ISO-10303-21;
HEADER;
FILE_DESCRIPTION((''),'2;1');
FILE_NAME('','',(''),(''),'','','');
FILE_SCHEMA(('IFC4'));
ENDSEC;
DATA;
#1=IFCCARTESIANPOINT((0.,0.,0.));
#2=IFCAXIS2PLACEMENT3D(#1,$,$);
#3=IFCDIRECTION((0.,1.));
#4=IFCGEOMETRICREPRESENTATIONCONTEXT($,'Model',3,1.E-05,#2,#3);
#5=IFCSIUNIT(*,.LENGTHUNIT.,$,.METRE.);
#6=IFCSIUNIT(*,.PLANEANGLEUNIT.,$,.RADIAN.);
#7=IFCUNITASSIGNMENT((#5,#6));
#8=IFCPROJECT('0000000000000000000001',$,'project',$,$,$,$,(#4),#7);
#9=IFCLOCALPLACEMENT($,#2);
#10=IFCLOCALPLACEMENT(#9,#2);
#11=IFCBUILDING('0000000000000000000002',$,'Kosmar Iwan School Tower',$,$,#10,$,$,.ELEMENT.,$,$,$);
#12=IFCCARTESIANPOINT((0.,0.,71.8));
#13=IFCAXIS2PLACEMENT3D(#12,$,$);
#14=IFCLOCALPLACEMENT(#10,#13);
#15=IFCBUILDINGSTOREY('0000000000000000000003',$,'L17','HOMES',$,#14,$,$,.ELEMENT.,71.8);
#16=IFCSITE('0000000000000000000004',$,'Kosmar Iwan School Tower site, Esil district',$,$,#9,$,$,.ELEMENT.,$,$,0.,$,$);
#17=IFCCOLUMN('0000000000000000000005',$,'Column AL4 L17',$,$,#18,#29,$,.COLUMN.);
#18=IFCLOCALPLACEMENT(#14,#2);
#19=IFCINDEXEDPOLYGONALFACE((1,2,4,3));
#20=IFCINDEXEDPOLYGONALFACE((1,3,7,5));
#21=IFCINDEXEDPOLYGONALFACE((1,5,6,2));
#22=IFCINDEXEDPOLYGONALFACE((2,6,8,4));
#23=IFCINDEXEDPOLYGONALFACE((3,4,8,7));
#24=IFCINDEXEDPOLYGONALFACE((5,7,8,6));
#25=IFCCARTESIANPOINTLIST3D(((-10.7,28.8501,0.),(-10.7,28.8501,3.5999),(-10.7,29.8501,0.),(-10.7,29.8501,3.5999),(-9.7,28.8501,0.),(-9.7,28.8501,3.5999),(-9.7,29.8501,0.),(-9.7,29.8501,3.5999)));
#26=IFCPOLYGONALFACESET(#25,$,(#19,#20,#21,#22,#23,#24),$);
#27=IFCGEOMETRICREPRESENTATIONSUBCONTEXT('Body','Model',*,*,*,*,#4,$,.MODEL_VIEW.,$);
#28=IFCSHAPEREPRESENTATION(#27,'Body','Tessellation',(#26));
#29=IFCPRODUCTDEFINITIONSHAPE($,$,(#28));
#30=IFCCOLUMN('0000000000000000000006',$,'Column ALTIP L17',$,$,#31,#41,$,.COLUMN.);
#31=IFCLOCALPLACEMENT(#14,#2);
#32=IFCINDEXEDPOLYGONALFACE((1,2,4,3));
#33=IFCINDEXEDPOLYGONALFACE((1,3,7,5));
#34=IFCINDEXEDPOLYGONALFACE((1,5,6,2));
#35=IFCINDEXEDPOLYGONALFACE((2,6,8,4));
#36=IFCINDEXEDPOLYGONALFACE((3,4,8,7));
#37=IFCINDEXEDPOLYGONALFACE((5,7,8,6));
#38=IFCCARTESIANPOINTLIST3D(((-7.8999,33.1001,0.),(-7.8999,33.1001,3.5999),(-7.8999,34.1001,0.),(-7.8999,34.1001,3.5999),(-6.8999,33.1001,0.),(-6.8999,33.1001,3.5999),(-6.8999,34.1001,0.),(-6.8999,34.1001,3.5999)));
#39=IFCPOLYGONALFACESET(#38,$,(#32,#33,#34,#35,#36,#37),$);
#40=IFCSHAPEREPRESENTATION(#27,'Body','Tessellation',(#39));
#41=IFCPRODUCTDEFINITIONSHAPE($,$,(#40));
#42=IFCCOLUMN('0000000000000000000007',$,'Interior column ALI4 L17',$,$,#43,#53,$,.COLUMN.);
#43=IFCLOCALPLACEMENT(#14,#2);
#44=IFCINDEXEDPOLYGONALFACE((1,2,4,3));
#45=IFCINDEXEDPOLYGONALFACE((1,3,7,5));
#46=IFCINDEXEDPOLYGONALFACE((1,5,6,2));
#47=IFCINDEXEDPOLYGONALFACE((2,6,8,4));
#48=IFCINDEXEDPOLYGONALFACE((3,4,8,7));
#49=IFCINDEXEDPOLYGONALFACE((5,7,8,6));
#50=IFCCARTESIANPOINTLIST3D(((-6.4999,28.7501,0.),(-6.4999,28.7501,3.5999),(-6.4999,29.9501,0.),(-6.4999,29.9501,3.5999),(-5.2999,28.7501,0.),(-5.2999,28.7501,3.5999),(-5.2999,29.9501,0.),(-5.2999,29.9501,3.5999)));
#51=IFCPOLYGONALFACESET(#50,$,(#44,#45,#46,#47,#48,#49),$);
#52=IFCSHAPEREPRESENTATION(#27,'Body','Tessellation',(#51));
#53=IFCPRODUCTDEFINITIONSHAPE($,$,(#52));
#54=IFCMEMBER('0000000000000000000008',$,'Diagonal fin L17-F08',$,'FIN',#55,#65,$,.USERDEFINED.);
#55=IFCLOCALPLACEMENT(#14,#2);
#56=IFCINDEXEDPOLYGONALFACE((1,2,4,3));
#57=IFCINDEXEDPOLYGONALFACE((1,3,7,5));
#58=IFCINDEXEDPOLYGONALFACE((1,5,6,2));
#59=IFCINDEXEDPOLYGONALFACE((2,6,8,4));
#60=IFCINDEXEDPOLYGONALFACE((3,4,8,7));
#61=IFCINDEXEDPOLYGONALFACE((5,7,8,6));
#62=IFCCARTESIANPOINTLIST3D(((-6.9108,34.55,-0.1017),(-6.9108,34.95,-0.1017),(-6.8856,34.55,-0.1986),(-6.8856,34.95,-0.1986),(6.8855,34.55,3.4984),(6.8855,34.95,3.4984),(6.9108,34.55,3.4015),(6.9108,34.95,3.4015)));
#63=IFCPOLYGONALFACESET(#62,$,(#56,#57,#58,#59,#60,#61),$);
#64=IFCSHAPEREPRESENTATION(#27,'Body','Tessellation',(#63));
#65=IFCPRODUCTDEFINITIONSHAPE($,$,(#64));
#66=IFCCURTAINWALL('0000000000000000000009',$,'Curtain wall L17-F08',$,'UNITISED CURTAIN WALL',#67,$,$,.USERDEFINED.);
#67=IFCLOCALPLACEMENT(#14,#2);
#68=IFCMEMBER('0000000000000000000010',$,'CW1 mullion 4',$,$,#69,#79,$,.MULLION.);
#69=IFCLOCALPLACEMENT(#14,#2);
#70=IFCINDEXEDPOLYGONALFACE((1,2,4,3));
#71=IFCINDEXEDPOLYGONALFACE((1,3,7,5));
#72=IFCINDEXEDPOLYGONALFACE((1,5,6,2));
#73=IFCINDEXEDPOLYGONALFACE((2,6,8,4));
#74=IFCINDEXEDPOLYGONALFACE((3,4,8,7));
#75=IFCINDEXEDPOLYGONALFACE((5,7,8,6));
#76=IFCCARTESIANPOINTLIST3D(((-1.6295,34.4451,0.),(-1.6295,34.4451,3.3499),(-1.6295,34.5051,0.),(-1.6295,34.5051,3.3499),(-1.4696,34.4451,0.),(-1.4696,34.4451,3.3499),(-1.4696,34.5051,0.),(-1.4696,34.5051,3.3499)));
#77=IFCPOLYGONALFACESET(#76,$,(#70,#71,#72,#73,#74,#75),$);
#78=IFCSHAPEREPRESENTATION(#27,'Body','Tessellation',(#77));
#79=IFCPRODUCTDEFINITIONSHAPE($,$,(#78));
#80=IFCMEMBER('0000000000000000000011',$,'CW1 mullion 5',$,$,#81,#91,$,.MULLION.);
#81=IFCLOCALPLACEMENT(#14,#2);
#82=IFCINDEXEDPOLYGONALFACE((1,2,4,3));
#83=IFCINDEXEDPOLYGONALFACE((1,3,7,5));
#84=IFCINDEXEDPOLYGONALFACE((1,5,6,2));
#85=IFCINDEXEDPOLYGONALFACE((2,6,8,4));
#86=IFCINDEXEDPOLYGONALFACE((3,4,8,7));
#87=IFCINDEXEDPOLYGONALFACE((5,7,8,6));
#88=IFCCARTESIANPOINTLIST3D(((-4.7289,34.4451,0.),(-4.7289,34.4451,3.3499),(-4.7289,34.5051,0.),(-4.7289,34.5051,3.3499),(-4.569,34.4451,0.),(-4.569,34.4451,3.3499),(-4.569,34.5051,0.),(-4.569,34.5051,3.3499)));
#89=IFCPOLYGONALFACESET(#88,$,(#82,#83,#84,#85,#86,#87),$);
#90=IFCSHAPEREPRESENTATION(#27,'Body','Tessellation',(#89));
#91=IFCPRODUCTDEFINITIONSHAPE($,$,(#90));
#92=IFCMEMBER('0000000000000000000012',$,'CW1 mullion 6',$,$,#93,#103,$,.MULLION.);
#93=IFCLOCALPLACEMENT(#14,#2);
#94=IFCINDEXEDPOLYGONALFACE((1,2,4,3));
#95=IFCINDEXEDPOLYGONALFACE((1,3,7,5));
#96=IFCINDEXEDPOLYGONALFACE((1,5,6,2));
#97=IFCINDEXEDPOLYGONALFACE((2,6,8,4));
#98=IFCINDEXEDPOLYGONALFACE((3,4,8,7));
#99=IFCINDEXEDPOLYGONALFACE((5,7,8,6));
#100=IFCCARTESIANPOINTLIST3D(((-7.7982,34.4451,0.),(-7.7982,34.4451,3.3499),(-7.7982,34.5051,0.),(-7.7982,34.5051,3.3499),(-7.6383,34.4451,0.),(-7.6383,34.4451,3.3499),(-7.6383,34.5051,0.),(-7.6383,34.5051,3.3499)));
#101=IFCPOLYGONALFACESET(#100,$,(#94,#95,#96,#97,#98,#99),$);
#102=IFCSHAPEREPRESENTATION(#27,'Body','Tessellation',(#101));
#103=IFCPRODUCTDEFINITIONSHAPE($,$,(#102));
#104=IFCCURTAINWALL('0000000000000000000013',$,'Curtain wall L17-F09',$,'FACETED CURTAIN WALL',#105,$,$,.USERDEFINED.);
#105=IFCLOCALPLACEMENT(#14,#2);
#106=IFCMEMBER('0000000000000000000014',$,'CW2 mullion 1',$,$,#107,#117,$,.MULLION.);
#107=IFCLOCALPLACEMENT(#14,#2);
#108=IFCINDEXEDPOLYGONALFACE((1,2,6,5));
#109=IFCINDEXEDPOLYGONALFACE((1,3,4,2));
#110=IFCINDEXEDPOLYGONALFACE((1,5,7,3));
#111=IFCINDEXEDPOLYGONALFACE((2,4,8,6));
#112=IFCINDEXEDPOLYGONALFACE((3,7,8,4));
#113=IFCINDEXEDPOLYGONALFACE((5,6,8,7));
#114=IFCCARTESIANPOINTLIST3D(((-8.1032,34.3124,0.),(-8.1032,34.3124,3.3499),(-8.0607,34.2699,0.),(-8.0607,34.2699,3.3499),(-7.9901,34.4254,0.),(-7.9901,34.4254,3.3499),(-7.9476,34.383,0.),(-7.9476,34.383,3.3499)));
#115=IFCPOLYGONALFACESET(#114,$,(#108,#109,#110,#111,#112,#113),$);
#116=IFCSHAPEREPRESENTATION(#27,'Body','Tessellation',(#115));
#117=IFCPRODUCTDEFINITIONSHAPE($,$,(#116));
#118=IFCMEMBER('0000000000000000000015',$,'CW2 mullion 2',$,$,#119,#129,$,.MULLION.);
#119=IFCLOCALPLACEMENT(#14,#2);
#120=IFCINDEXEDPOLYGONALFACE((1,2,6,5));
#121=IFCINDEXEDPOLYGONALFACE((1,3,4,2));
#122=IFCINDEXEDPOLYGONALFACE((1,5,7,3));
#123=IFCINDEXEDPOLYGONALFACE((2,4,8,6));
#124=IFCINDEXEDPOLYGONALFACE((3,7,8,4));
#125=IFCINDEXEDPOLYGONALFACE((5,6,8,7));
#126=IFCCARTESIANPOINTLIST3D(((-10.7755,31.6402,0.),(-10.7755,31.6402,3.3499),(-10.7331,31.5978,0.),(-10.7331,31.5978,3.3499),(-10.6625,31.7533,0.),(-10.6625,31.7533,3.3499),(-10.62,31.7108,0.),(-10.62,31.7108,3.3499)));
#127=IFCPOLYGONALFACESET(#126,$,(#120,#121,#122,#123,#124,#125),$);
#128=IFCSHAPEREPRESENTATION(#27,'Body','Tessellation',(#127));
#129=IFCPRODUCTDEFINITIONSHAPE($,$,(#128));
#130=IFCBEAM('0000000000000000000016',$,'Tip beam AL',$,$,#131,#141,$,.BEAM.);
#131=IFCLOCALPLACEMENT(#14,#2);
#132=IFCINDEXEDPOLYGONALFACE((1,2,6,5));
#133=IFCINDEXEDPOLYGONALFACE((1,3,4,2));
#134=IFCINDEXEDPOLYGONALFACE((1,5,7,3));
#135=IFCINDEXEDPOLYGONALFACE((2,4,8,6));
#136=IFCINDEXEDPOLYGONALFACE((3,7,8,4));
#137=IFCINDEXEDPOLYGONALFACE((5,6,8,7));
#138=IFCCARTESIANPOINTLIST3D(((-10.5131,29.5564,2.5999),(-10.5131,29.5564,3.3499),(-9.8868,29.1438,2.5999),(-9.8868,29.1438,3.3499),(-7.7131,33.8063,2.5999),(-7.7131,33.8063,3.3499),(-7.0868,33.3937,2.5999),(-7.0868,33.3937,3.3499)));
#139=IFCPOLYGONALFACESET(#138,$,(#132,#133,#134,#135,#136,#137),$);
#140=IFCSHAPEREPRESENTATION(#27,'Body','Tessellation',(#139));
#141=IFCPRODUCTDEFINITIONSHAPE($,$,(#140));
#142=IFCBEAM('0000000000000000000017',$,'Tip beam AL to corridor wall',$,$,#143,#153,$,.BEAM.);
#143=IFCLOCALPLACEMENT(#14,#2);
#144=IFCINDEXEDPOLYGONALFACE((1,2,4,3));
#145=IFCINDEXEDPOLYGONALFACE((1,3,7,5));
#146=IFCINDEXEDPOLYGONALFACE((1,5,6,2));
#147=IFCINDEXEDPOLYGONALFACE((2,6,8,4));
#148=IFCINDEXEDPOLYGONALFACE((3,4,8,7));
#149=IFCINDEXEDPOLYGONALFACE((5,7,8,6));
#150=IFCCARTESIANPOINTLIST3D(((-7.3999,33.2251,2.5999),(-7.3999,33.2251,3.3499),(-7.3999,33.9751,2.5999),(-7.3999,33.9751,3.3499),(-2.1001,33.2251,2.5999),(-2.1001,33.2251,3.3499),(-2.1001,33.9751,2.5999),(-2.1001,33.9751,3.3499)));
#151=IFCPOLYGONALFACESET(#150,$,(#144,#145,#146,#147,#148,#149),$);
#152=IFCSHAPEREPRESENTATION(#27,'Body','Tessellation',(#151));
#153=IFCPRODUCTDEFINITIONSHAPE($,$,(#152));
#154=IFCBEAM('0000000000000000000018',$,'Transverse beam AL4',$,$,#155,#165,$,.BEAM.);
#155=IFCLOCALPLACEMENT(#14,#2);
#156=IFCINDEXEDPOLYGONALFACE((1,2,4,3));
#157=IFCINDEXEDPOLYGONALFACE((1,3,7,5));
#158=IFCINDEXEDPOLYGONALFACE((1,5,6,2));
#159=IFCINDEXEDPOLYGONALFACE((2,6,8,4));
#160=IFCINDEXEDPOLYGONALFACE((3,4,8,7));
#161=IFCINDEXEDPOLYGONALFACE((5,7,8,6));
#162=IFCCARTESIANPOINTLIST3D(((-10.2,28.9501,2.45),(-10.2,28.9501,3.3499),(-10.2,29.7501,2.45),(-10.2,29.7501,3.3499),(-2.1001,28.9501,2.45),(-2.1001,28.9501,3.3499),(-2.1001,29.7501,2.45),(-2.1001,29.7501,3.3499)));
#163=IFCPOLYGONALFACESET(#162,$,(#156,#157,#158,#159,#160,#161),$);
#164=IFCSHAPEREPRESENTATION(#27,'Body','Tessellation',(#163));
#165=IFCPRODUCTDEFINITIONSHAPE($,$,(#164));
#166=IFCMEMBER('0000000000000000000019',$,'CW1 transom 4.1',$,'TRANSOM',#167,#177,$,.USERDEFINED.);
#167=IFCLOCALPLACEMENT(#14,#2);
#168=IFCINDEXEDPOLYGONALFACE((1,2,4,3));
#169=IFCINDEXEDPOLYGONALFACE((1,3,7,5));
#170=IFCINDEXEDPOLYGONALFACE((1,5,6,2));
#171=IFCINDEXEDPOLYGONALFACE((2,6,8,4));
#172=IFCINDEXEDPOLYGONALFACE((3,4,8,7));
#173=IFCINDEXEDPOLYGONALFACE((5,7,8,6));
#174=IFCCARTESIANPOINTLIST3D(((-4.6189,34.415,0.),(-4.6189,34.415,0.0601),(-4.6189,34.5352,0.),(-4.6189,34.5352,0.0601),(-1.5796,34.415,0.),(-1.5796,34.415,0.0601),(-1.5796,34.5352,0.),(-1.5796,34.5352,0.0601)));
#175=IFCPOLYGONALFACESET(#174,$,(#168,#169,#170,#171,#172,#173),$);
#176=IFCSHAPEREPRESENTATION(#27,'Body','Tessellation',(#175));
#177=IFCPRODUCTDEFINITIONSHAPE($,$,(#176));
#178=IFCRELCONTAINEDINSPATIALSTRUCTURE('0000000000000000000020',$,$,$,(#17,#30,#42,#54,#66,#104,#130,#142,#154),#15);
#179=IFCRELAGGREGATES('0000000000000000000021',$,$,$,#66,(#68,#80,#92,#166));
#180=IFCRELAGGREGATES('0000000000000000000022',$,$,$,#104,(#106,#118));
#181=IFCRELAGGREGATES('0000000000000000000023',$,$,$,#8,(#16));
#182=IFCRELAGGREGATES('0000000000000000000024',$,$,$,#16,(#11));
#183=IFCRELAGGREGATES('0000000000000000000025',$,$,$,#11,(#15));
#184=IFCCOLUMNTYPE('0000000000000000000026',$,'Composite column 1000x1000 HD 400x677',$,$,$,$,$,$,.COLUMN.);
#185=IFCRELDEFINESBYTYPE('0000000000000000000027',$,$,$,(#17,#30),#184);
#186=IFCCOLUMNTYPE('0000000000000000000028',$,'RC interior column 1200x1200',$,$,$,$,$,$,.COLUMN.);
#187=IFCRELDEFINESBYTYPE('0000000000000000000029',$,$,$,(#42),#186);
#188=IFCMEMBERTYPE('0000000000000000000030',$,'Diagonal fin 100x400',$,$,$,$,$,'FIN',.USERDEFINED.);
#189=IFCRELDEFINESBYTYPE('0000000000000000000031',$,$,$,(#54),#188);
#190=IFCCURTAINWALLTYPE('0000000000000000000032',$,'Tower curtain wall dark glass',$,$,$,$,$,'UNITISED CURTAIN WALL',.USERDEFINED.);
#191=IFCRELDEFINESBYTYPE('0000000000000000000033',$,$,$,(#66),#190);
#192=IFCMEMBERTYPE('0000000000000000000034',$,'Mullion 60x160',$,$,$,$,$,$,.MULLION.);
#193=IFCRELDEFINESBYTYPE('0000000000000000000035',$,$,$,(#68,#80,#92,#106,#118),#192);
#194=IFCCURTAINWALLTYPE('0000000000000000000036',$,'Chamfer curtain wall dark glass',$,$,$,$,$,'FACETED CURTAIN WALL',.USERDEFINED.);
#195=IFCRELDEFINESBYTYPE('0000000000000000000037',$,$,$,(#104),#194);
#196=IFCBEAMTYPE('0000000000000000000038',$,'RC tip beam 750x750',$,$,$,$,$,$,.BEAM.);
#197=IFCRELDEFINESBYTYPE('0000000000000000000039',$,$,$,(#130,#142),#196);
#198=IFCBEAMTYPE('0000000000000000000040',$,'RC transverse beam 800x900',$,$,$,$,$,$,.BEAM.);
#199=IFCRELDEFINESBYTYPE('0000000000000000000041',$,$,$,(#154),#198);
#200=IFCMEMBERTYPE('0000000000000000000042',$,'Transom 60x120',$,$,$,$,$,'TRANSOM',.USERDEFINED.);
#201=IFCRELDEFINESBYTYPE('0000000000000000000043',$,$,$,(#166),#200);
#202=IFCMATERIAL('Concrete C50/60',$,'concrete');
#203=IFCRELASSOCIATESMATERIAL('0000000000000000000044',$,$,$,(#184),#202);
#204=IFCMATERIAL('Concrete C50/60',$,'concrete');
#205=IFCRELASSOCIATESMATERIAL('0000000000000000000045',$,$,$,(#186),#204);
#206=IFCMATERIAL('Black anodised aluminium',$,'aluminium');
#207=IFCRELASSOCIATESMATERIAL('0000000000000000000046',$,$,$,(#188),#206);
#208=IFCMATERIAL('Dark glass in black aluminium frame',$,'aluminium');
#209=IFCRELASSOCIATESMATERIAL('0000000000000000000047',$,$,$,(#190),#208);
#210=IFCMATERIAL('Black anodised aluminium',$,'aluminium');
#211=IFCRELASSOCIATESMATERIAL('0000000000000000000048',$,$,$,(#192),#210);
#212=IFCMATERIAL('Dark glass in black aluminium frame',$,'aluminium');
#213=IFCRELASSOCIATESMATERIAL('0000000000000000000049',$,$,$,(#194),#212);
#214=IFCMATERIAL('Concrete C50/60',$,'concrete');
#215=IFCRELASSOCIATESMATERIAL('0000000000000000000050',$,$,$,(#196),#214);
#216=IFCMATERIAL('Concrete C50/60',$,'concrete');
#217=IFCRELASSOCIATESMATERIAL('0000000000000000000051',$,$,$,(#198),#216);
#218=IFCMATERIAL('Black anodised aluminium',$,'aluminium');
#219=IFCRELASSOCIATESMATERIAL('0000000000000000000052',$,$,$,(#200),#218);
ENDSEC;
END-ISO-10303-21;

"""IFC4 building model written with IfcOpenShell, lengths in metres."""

from ifc_helpers import new_model, si_unit, direction, frame, origin, origin_2d, place, context, subcontext, project, spatial, rectangle, extrude, material, material_profile, profile_set, type_object, element, aggregate, save


model = new_model("IFC4")

# Units and contexts
model_context = context("Model", 3, precision=1e-05, world=origin(), true_north=direction((0.0, 1.0)))
body_context = subcontext(model_context, "Body", "Model", "MODEL_VIEW")
ifc_project = project(units=[si_unit("LENGTHUNIT", "METRE"), si_unit("PLANEANGLEUNIT", "RADIAN")], contexts=[model_context])

# Site, building, storey
site_placement = place(None, origin())
site = spatial("IfcSite", under=ifc_project, at=site_placement, Name="Kosmar Iwan School Tower site, Esil district", CompositionType="ELEMENT", RefElevation=0.0)
building_placement = place(site_placement, origin())
building = spatial("IfcBuilding", under=site, at=building_placement, Name="Kosmar Iwan School Tower", CompositionType="ELEMENT")
storey_placement = place(building_placement, frame((0.0, 0.0, 71.8)))
storey = spatial("IfcBuildingStorey", under=building, at=storey_placement, Name="L17", Description="HOMES", CompositionType="ELEMENT", Elevation=71.8)

# Columns
ifc_material_1 = material(Name="Concrete C50/60", Category="concrete")
ifc_material_profile_1 = material_profile(ifc_material_1, rectangle(XDim=1.0, YDim=1.0, at=origin_2d()), Name="RC 1000x1000 + HD 400x677")
ifc_profile_set_1 = profile_set([ifc_material_profile_1], Name="Concrete C50/60")
column_type_1 = type_object("IfcColumnType", Name="Composite column 1000x1000 HD 400x677", PredefinedType="COLUMN", material=ifc_profile_set_1)
for number, where, z_axis, x_axis, name in (
    (1, (-10.2, 29.3501, 0.0), (0.0, 0.0, 1.0), (0.0, 1.0, 0.0), "Column AL4 L17"),
    (2, (-7.3999, 33.6001, 0.0), (0.0, 0.0, 1.0), (0.0, 1.0, 0.0), "Column ALTIP L17"),
):
    element("IfcColumn", number, at=place(storey_placement, frame(where, z_axis=z_axis, x_axis=x_axis)), inside=storey, type_object=column_type_1, Name=name, PredefinedType="COLUMN", context=body_context, shape_type="SweptSolid", body=[
        extrude(rectangle(XDim=1.0, YDim=1.0, at=origin_2d()), origin(), (0.0, 0.0, 1.0), 3.5999),
    ])
ifc_material_2 = material(Name="Concrete C50/60", Category="concrete")
ifc_material_profile_2 = material_profile(ifc_material_2, rectangle(XDim=1.2, YDim=1.2, at=origin_2d()), Name="RC 1200x1200")
ifc_profile_set_2 = profile_set([ifc_material_profile_2], Name="Concrete C50/60")
column_type_2 = type_object("IfcColumnType", Name="RC interior column 1200x1200", PredefinedType="COLUMN", material=ifc_profile_set_2)
column_placement = place(storey_placement, frame((-5.8999, 29.3501, 0.0), z_axis=(0.0, 0.0, 1.0), x_axis=(0.0, 1.0, 0.0)))
element("IfcColumn", 3, at=column_placement, inside=storey, type_object=column_type_2, Name="Interior column ALI4 L17", PredefinedType="COLUMN", context=body_context, shape_type="SweptSolid", body=[
    extrude(rectangle(XDim=1.2, YDim=1.2, at=origin_2d()), origin(), (0.0, 0.0, 1.0), 3.5999),
])

# Member
ifc_material_3 = material(Name="Black anodised aluminium", Category="aluminium")
ifc_material_profile_3 = material_profile(ifc_material_3, rectangle(XDim=0.1001, YDim=0.3999, at=origin_2d()), Name="FIN 100x400")
ifc_profile_set_3 = profile_set([ifc_material_profile_3], Name="Black anodised aluminium")
member_type_1 = type_object("IfcMemberType", Name="Diagonal fin 100x400", ElementType="FIN", PredefinedType="USERDEFINED", material=ifc_profile_set_3)
member_1_placement = place(storey_placement, frame((-6.8982, 34.75, -0.1501), z_axis=(0.967599, 0.0, 0.25249), x_axis=(-0.25249, 0.0, 0.967599)))
element("IfcMember", 4, at=member_1_placement, inside=storey, type_object=member_type_1, Name="Diagonal fin L17-F08", ObjectType="FIN", PredefinedType="USERDEFINED", context=body_context, shape_type="SweptSolid", body=[
    extrude(rectangle(XDim=0.1001, YDim=0.3999, at=origin_2d()), origin(), (0.0, 0.0, 1.0), 14.2583),
])

# Curtain walls, members
ifc_material_4 = material(Name="Dark glass in black aluminium frame", Category="aluminium")
curtain_wall_type_1 = type_object("IfcCurtainWallType", Name="Tower curtain wall dark glass", ElementType="UNITISED CURTAIN WALL", PredefinedType="USERDEFINED", material=ifc_material_4)
curtain_wall_1_placement = place(storey_placement, origin())
curtain_wall_1 = element("IfcCurtainWall", 5, at=curtain_wall_1_placement, inside=storey, type_object=curtain_wall_type_1, Name="Curtain wall L17-F08", ObjectType="UNITISED CURTAIN WALL", PredefinedType="USERDEFINED")
ifc_material_5 = material(Name="Black anodised aluminium", Category="aluminium")
ifc_material_profile_4 = material_profile(ifc_material_5, rectangle(XDim=0.0601, YDim=0.1599, at=origin_2d()), Name="MULLION 60x160")
ifc_profile_set_4 = profile_set([ifc_material_profile_4], Name="Black anodised aluminium")
member_type_2 = type_object("IfcMemberType", Name="Mullion 60x160", PredefinedType="MULLION", material=ifc_profile_set_4)
member_2_placement = place(storey_placement, frame((-1.5496, 34.4751, 0.0), z_axis=(0.0, 0.0, 1.0), x_axis=(0.0, -1.0, 0.0)))
member_2 = element("IfcMember", 6, at=member_2_placement, type_object=member_type_2, Name="CW1 mullion 4", PredefinedType="MULLION", context=body_context, shape_type="SweptSolid", body=[
    extrude(rectangle(XDim=0.0601, YDim=0.1599, at=origin_2d()), origin(), (0.0, 0.0, 1.0), 3.3499),
])
member_3_placement = place(storey_placement, frame((-4.6489, 34.4751, 0.0), z_axis=(0.0, 0.0, 1.0), x_axis=(0.0, -1.0, 0.0)))
member_3 = element("IfcMember", 7, at=member_3_placement, type_object=member_type_2, Name="CW1 mullion 5", PredefinedType="MULLION", context=body_context, shape_type="SweptSolid", body=[
    extrude(rectangle(XDim=0.0601, YDim=0.1599, at=origin_2d()), origin(), (0.0, 0.0, 1.0), 3.3499),
])
member_4_placement = place(storey_placement, frame((-7.7183, 34.4751, 0.0), z_axis=(0.0, 0.0, 1.0), x_axis=(0.0, -1.0, 0.0)))
member_4 = element("IfcMember", 8, at=member_4_placement, type_object=member_type_2, Name="CW1 mullion 6", PredefinedType="MULLION", context=body_context, shape_type="SweptSolid", body=[
    extrude(rectangle(XDim=0.0601, YDim=0.1599, at=origin_2d()), origin(), (0.0, 0.0, 1.0), 3.3499),
])
ifc_material_6 = material(Name="Dark glass in black aluminium frame", Category="aluminium")
curtain_wall_type_2 = type_object("IfcCurtainWallType", Name="Chamfer curtain wall dark glass", ElementType="FACETED CURTAIN WALL", PredefinedType="USERDEFINED", material=ifc_material_6)
curtain_wall_2_placement = place(storey_placement, origin())
curtain_wall_2 = element("IfcCurtainWall", 9, at=curtain_wall_2_placement, inside=storey, type_object=curtain_wall_type_2, Name="Curtain wall L17-F09", ObjectType="FACETED CURTAIN WALL", PredefinedType="USERDEFINED")
member_5_placement = place(storey_placement, frame((-8.0254, 34.3477, 0.0), z_axis=(0.0, 0.0, 1.0), x_axis=(0.707107, -0.707107, 0.0)))
member_5 = element("IfcMember", 10, at=member_5_placement, type_object=member_type_2, Name="CW2 mullion 1", PredefinedType="MULLION", context=body_context, shape_type="SweptSolid", body=[
    extrude(rectangle(XDim=0.0601, YDim=0.1599, at=origin_2d()), origin(), (0.0, 0.0, 1.0), 3.3499),
])
member_6_placement = place(storey_placement, frame((-10.6978, 31.6755, 0.0), z_axis=(0.0, 0.0, 1.0), x_axis=(0.707107, -0.707107, 0.0)))
member_6 = element("IfcMember", 11, at=member_6_placement, type_object=member_type_2, Name="CW2 mullion 2", PredefinedType="MULLION", context=body_context, shape_type="SweptSolid", body=[
    extrude(rectangle(XDim=0.0601, YDim=0.1599, at=origin_2d()), origin(), (0.0, 0.0, 1.0), 3.3499),
])

# Beams
ifc_material_7 = material(Name="Concrete C50/60", Category="concrete")
ifc_material_profile_5 = material_profile(ifc_material_7, rectangle(XDim=0.75, YDim=0.75, at=origin_2d()), Name="RC 750x750")
ifc_profile_set_5 = profile_set([ifc_material_profile_5], Name="Concrete C50/60")
beam_type_1 = type_object("IfcBeamType", Name="RC tip beam 750x750", PredefinedType="BEAM", material=ifc_profile_set_5)
beam_1_placement = place(storey_placement, frame((-10.2, 29.3501, 2.9749), z_axis=(0.550164, 0.835056, 0.0), x_axis=(-0.835056, 0.550164, 0.0)))
element("IfcBeam", 12, at=beam_1_placement, inside=storey, type_object=beam_type_1, Name="Tip beam AL", PredefinedType="BEAM", context=body_context, shape_type="SweptSolid", body=[
    extrude(rectangle(XDim=0.75, YDim=0.75, at=origin_2d()), origin(), (0.0, 0.0, 1.0), 5.0894),
])
beam_2_placement = place(storey_placement, frame((-7.3999, 33.6001, 2.9749), z_axis=(1.0, 0.0, 0.0), x_axis=(0.0, 1.0, 0.0)))
element("IfcBeam", 13, at=beam_2_placement, inside=storey, type_object=beam_type_1, Name="Tip beam AL to corridor wall", PredefinedType="BEAM", context=body_context, shape_type="SweptSolid", body=[
    extrude(rectangle(XDim=0.75, YDim=0.75, at=origin_2d()), origin(), (0.0, 0.0, 1.0), 5.2998),
])
ifc_material_8 = material(Name="Concrete C50/60", Category="concrete")
ifc_material_profile_6 = material_profile(ifc_material_8, rectangle(XDim=0.8, YDim=0.8999, at=origin_2d()), Name="RC 800x900")
ifc_profile_set_6 = profile_set([ifc_material_profile_6], Name="Concrete C50/60")
beam_type_2 = type_object("IfcBeamType", Name="RC transverse beam 800x900", PredefinedType="BEAM", material=ifc_profile_set_6)
beam_3_placement = place(storey_placement, frame((-10.2, 29.3501, 2.8999), z_axis=(1.0, 0.0, 0.0), x_axis=(0.0, 1.0, 0.0)))
element("IfcBeam", 14, at=beam_3_placement, inside=storey, type_object=beam_type_2, Name="Transverse beam AL4", PredefinedType="BEAM", context=body_context, shape_type="SweptSolid", body=[
    extrude(rectangle(XDim=0.8, YDim=0.8999, at=origin_2d()), origin(), (0.0, 0.0, 1.0), 8.0999),
])

# Member
ifc_material_9 = material(Name="Black anodised aluminium", Category="aluminium")
ifc_material_profile_7 = material_profile(ifc_material_9, rectangle(XDim=0.1201, YDim=0.0601, at=origin_2d()), Name="TRANSOM 60x120")
ifc_profile_set_7 = profile_set([ifc_material_profile_7], Name="Black anodised aluminium")
member_type_3 = type_object("IfcMemberType", Name="Transom 60x120", ElementType="TRANSOM", PredefinedType="USERDEFINED", material=ifc_profile_set_7)
member_7_placement = place(storey_placement, frame((-1.5796, 34.4751, 0.03), z_axis=(-1.0, 0.0, 0.0), x_axis=(0.0, -1.0, 0.0)))
member_7 = element("IfcMember", 15, at=member_7_placement, type_object=member_type_3, Name="CW1 transom 4.1", ObjectType="TRANSOM", PredefinedType="USERDEFINED", context=body_context, shape_type="SweptSolid", body=[
    extrude(rectangle(XDim=0.1201, YDim=0.0601, at=origin_2d()), origin(), (0.0, 0.0, 1.0), 3.0393),
])

aggregate(curtain_wall_1, [member_2, member_3, member_4, member_7])
aggregate(curtain_wall_2, [member_5, member_6])

save(model, "model.ifc")
